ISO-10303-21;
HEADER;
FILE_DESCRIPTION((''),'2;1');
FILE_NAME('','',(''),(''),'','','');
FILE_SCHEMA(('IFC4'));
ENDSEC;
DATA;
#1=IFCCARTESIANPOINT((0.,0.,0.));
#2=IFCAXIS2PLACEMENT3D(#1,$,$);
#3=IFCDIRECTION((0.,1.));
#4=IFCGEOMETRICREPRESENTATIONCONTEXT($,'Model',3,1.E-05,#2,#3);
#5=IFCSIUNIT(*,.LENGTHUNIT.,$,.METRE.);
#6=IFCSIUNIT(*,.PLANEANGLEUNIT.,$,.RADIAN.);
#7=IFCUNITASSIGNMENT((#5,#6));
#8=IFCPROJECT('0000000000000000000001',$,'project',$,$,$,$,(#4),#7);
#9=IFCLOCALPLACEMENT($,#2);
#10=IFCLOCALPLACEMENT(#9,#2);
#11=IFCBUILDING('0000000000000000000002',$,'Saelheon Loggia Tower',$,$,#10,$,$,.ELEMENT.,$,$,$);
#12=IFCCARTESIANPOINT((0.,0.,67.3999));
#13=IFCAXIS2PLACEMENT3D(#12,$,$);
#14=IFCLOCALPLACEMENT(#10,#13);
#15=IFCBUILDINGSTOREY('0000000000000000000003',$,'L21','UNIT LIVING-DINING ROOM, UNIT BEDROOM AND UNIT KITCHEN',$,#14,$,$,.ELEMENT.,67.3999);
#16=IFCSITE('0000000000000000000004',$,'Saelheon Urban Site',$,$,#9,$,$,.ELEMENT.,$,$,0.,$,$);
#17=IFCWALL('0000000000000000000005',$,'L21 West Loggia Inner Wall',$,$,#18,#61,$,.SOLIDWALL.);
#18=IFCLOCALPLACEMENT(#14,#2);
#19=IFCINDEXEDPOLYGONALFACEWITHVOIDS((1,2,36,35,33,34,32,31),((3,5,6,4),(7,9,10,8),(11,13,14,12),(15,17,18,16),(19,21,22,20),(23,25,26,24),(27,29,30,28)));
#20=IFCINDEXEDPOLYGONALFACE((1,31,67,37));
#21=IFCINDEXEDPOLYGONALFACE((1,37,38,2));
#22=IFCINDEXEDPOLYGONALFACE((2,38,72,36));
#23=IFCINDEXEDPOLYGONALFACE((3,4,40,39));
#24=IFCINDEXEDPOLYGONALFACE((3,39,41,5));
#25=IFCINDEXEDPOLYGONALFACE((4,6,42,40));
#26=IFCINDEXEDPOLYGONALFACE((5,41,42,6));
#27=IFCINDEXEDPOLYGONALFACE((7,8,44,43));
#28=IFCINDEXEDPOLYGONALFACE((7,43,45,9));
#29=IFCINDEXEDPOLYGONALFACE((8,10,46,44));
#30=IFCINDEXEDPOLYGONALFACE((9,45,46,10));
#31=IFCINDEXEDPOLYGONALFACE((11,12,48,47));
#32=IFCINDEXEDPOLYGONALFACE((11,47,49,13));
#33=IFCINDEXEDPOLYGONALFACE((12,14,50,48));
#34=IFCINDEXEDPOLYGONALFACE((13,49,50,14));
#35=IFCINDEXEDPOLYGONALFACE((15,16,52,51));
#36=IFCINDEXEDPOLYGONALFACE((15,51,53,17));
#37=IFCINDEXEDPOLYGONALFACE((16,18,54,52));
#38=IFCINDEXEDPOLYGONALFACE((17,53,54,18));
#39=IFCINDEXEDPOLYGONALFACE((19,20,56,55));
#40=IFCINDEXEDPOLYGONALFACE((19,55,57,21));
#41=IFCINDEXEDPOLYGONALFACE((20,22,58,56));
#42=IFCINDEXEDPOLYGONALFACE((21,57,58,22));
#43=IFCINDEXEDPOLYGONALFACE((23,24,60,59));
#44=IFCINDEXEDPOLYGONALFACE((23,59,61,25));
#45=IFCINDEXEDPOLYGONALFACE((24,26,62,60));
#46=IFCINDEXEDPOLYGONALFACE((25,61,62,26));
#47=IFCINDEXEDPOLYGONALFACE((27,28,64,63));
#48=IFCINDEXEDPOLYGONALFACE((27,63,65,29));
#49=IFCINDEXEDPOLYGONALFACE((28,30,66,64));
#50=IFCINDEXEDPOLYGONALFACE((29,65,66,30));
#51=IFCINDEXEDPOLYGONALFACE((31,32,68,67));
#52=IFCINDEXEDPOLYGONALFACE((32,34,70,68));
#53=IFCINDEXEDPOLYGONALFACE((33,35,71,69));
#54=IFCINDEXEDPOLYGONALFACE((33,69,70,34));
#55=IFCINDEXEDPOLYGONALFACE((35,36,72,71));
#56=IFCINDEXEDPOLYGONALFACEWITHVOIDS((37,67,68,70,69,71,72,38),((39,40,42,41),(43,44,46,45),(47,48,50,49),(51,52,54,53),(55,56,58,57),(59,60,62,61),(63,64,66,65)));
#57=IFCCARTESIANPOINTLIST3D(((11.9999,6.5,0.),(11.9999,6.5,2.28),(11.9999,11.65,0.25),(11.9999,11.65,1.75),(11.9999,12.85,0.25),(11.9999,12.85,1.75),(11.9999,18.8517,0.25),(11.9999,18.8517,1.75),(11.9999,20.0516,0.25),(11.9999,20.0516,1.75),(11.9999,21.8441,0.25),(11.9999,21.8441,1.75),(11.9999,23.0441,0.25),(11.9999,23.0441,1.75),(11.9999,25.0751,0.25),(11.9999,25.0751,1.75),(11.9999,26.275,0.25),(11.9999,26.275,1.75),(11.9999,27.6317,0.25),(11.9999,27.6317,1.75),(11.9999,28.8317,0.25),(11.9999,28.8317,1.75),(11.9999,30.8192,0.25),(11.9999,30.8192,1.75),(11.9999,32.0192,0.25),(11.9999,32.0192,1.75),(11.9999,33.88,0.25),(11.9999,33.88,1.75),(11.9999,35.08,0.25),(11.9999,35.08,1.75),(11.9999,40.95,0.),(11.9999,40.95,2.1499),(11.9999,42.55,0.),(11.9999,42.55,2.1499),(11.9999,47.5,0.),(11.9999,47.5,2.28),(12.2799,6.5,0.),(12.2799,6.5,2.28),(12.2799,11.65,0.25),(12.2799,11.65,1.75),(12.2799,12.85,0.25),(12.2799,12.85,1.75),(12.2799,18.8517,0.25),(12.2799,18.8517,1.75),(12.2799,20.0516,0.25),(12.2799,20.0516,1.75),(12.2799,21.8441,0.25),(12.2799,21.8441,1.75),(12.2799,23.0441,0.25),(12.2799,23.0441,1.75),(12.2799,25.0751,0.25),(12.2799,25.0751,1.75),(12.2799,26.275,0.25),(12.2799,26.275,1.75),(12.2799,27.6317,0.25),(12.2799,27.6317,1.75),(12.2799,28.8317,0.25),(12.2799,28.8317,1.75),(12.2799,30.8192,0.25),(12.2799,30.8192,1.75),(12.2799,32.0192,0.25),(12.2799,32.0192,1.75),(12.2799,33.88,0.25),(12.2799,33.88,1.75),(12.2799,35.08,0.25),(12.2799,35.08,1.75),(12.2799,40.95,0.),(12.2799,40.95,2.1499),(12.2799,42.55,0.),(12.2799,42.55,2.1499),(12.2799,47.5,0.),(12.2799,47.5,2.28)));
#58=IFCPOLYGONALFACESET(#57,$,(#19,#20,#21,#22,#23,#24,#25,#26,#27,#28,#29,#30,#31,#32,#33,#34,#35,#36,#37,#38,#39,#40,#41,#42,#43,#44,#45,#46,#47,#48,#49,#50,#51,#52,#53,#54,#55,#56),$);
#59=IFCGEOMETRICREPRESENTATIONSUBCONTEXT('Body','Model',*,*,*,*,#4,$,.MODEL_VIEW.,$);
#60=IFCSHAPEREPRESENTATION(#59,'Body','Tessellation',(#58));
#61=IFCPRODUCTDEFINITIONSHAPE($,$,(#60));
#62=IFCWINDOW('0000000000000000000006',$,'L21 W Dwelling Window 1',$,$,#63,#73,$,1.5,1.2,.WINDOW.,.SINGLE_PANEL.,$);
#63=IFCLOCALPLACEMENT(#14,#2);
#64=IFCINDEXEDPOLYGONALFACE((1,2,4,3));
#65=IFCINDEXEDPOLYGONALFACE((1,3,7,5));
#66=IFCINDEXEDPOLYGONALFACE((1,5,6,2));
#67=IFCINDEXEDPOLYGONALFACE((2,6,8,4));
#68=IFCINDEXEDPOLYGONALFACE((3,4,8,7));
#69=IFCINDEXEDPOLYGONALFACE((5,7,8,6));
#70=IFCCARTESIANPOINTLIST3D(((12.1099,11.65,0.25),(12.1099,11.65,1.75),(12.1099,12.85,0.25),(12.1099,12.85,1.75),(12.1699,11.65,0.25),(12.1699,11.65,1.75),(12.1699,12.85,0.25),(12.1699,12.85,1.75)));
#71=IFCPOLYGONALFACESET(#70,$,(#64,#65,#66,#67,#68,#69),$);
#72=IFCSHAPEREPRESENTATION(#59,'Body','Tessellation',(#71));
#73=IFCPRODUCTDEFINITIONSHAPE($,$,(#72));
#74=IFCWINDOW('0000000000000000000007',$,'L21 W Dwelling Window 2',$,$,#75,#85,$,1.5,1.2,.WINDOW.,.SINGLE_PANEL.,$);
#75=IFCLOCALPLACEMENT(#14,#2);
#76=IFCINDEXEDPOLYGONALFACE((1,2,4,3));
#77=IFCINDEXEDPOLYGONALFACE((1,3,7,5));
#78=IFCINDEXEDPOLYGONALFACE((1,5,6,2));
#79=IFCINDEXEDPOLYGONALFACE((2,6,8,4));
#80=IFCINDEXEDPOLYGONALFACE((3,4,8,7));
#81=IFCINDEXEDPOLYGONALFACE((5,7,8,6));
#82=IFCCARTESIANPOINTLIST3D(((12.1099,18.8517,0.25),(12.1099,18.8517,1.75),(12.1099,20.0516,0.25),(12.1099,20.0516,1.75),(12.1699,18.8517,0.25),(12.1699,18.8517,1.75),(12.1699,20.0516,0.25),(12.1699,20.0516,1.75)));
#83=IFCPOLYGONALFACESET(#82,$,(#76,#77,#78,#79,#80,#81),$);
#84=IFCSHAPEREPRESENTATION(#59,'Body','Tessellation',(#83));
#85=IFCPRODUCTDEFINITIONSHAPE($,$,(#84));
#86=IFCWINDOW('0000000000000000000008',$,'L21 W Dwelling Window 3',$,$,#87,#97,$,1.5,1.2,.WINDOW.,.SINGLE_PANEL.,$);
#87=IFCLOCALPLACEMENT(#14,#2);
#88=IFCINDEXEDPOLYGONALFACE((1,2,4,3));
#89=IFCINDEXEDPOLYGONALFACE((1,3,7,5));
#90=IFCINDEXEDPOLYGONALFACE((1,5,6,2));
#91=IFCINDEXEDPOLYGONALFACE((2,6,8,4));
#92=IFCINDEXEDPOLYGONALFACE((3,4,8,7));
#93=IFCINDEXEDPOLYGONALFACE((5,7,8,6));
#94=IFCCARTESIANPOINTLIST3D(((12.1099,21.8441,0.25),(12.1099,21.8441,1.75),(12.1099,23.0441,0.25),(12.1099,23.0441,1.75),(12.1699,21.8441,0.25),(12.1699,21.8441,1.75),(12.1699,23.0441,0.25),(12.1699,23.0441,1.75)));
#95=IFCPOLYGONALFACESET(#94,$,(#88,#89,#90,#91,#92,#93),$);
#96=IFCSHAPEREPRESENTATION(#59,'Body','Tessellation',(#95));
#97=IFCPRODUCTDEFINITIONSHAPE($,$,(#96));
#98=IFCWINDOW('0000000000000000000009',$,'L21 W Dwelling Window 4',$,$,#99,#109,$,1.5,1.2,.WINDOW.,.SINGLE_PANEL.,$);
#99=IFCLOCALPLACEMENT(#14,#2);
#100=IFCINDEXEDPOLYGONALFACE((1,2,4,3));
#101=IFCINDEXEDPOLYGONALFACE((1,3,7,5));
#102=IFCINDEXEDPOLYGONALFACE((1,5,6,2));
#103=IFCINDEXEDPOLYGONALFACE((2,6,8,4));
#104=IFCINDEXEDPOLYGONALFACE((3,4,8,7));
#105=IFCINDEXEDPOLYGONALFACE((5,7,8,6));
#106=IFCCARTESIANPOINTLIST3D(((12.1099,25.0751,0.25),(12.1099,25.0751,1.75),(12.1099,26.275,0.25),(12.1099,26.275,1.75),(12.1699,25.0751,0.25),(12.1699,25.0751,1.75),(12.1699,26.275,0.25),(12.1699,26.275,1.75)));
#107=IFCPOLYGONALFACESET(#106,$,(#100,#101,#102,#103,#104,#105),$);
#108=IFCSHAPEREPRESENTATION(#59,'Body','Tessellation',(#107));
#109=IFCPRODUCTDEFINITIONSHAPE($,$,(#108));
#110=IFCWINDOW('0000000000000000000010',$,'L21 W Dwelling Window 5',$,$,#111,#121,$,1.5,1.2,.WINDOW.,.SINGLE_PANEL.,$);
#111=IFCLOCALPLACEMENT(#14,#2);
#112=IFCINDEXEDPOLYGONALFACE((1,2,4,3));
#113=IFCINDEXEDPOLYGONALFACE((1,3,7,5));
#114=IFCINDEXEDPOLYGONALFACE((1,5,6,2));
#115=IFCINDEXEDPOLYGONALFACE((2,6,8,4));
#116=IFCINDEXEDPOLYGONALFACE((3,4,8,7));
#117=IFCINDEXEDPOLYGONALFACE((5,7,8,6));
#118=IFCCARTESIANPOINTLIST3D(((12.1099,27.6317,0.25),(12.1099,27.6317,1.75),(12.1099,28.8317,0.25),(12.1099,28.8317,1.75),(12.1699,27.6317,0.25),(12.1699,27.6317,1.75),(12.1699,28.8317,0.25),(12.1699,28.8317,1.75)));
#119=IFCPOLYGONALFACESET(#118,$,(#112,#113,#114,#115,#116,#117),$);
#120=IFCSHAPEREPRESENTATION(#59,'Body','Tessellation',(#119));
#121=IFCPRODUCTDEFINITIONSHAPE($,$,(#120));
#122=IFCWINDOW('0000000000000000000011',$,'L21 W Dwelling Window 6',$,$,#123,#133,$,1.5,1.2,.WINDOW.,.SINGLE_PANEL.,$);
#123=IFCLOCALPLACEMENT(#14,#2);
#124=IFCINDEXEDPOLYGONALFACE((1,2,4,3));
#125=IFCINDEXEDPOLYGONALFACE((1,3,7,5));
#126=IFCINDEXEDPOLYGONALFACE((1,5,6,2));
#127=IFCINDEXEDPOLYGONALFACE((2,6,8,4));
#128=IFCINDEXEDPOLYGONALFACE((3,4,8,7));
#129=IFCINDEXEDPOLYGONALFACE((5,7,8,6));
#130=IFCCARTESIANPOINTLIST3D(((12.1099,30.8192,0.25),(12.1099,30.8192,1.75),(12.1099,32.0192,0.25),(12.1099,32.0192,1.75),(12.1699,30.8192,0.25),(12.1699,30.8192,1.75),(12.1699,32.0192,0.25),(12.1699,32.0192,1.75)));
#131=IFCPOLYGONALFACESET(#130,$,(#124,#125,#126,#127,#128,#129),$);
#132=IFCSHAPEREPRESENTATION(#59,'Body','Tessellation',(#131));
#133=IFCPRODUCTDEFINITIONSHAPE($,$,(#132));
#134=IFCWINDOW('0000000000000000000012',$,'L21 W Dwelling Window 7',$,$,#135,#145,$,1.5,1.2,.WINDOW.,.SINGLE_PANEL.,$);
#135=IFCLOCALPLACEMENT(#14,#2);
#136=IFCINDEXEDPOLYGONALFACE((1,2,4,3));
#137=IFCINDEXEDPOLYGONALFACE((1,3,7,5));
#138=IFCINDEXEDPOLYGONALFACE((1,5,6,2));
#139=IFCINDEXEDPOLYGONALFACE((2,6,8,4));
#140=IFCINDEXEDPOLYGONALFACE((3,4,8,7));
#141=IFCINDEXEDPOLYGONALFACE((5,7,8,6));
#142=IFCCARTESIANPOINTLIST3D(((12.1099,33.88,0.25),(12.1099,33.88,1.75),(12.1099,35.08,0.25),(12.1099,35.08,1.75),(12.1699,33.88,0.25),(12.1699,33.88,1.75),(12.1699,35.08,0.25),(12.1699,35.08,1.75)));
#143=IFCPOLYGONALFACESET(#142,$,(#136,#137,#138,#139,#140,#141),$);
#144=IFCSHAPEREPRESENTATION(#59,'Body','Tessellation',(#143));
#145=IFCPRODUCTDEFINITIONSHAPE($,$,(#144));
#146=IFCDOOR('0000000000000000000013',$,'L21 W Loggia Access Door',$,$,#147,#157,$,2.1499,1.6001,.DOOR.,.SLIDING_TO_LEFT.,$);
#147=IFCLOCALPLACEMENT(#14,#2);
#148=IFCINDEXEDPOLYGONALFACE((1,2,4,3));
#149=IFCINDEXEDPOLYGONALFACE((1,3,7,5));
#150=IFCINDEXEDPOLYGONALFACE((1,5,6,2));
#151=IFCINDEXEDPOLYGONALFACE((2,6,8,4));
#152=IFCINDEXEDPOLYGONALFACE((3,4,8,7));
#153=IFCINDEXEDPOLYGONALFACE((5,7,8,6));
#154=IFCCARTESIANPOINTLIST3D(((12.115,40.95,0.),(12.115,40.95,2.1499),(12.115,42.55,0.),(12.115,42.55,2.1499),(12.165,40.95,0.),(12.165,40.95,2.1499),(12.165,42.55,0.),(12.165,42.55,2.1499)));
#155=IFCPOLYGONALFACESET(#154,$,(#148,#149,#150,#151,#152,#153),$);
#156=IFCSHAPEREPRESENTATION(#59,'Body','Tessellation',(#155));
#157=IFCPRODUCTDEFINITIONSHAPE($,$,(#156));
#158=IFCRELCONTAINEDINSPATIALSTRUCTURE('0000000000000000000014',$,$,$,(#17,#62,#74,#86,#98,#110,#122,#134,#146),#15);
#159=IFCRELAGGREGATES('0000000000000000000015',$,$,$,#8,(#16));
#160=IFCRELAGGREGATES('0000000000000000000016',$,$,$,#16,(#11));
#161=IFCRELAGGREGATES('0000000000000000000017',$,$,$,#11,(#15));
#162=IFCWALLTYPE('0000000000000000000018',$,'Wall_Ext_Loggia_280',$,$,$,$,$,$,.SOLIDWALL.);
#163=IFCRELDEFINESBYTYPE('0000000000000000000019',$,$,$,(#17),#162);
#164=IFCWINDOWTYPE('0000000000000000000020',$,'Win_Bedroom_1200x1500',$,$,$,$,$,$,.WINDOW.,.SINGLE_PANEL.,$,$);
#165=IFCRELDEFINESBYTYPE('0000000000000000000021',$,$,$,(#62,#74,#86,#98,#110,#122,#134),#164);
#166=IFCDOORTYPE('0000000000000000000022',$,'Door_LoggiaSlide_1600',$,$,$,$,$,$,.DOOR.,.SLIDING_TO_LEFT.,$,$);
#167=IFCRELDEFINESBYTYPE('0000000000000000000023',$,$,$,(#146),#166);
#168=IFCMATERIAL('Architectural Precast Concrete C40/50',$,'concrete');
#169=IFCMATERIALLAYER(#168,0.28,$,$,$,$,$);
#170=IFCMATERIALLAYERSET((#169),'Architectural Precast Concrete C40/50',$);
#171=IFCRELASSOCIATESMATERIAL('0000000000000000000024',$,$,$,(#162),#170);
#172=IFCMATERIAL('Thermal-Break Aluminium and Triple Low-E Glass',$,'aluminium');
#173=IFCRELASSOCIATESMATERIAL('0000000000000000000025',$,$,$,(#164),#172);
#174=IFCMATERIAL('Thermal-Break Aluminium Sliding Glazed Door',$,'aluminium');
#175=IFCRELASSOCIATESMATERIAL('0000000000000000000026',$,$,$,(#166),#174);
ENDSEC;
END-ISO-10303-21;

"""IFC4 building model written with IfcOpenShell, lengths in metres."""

from ifc_helpers import new_model, si_unit, direction, frame, frame_2d, origin, place, context, subcontext, project, spatial, rectangle, extrude, source, transform, mapped, material, layer, layer_set, type_object, element, fill, save


model = new_model("IFC4")

# Units and contexts
model_context = context("Model", 3, precision=1e-05, world=origin(), true_north=direction((0.0, 1.0)))
body_context = subcontext(model_context, "Body", "Model", "MODEL_VIEW")
ifc_project = project(units=[si_unit("LENGTHUNIT", "METRE"), si_unit("PLANEANGLEUNIT", "RADIAN")], contexts=[model_context])

# Site, building, storey
site_placement = place(None, origin())
site = spatial("IfcSite", under=ifc_project, at=site_placement, Name="Saelheon Urban Site", CompositionType="ELEMENT", RefElevation=0.0)
building_placement = place(site_placement, origin())
building = spatial("IfcBuilding", under=site, at=building_placement, Name="Saelheon Loggia Tower", CompositionType="ELEMENT")
storey_placement = place(building_placement, frame((0.0, 0.0, 67.3999)))
storey = spatial("IfcBuildingStorey", under=building, at=storey_placement, Name="L21", Description="UNIT LIVING-DINING ROOM, UNIT BEDROOM AND UNIT KITCHEN", CompositionType="ELEMENT", Elevation=67.3999)

# Wall, openings, windows, door
ifc_material_1 = material(Name="Architectural Precast Concrete C40/50", Category="concrete")
ifc_layer_1 = layer(ifc_material_1, 0.28)
ifc_layer_set_1 = layer_set([ifc_layer_1], Name="Architectural Precast Concrete C40/50")
wall_type_1 = type_object("IfcWallType", Name="Wall_Ext_Loggia_280", PredefinedType="SOLIDWALL", material=ifc_layer_set_1)
wall_1_placement = place(storey_placement, frame((12.1399, 6.5, 0.0), z_axis=(0.0, 0.0, 1.0), x_axis=(0.0, 1.0, 0.0)))
wall_1 = element("IfcWall", 1, at=wall_1_placement, inside=storey, type_object=wall_type_1, Name="L21 West Loggia Inner Wall", PredefinedType="SOLIDWALL", context=body_context, shape_type="SweptSolid", body=[
    extrude(rectangle(XDim=41.0, YDim=0.28, at=frame_2d((20.5, 0.0))), origin(), (0.0, 0.0, 1.0), 2.28),
])
opening_1_placement = place(wall_1_placement, frame((5.1499, 0.0, 0.25)))
opening_1 = element("IfcOpeningElement", 2, at=opening_1_placement, cuts=wall_1, PredefinedType="OPENING", context=body_context, shape_type="SweptSolid", body=[
    extrude(rectangle(XDim=1.2, YDim=1.5, at=frame_2d((0.6001, 0.75))), frame((0.0, 0.1521, 0.0), z_axis=(0.0, -1.0, 0.0), x_axis=(1.0, 0.0, 0.0)), (0.0, 0.0, 1.0), 0.304),
])
opening_2_placement = place(wall_1_placement, frame((12.3516, 0.0, 0.25)))
opening_2 = element("IfcOpeningElement", 3, at=opening_2_placement, cuts=wall_1, PredefinedType="OPENING", context=body_context, shape_type="SweptSolid", body=[
    extrude(rectangle(XDim=1.2, YDim=1.5, at=frame_2d((0.6001, 0.75))), frame((0.0, 0.1521, 0.0), z_axis=(0.0, -1.0, 0.0), x_axis=(1.0, 0.0, 0.0)), (0.0, 0.0, 1.0), 0.304),
])
opening_3_placement = place(wall_1_placement, frame((15.344, 0.0, 0.25)))
opening_3 = element("IfcOpeningElement", 4, at=opening_3_placement, cuts=wall_1, PredefinedType="OPENING", context=body_context, shape_type="SweptSolid", body=[
    extrude(rectangle(XDim=1.2, YDim=1.5, at=frame_2d((0.6001, 0.75))), frame((0.0, 0.1521, 0.0), z_axis=(0.0, -1.0, 0.0), x_axis=(1.0, 0.0, 0.0)), (0.0, 0.0, 1.0), 0.304),
])
opening_4_placement = place(wall_1_placement, frame((18.575, 0.0, 0.25)))
opening_4 = element("IfcOpeningElement", 5, at=opening_4_placement, cuts=wall_1, PredefinedType="OPENING", context=body_context, shape_type="SweptSolid", body=[
    extrude(rectangle(XDim=1.2, YDim=1.5, at=frame_2d((0.6001, 0.75))), frame((0.0, 0.1521, 0.0), z_axis=(0.0, -1.0, 0.0), x_axis=(1.0, 0.0, 0.0)), (0.0, 0.0, 1.0), 0.304),
])
opening_5_placement = place(wall_1_placement, frame((21.1316, 0.0, 0.25)))
opening_5 = element("IfcOpeningElement", 6, at=opening_5_placement, cuts=wall_1, PredefinedType="OPENING", context=body_context, shape_type="SweptSolid", body=[
    extrude(rectangle(XDim=1.2, YDim=1.5, at=frame_2d((0.6001, 0.75))), frame((0.0, 0.1521, 0.0), z_axis=(0.0, -1.0, 0.0), x_axis=(1.0, 0.0, 0.0)), (0.0, 0.0, 1.0), 0.304),
])
opening_6_placement = place(wall_1_placement, frame((24.3191, 0.0, 0.25)))
opening_6 = element("IfcOpeningElement", 7, at=opening_6_placement, cuts=wall_1, PredefinedType="OPENING", context=body_context, shape_type="SweptSolid", body=[
    extrude(rectangle(XDim=1.2, YDim=1.5, at=frame_2d((0.6001, 0.75))), frame((0.0, 0.1521, 0.0), z_axis=(0.0, -1.0, 0.0), x_axis=(1.0, 0.0, 0.0)), (0.0, 0.0, 1.0), 0.304),
])
opening_7_placement = place(wall_1_placement, frame((27.3799, 0.0, 0.25)))
opening_7 = element("IfcOpeningElement", 8, at=opening_7_placement, cuts=wall_1, PredefinedType="OPENING", context=body_context, shape_type="SweptSolid", body=[
    extrude(rectangle(XDim=1.2, YDim=1.5, at=frame_2d((0.6001, 0.75))), frame((0.0, 0.1521, 0.0), z_axis=(0.0, -1.0, 0.0), x_axis=(1.0, 0.0, 0.0)), (0.0, 0.0, 1.0), 0.304),
])
opening_8_placement = place(wall_1_placement, frame((34.45, 0.0, 0.0)))
opening_8 = element("IfcOpeningElement", 9, at=opening_8_placement, cuts=wall_1, PredefinedType="OPENING", context=body_context, shape_type="SweptSolid", body=[
    extrude(rectangle(XDim=1.6001, YDim=2.1499, at=frame_2d((0.8, 1.075))), frame((0.0, 0.1521, 0.0), z_axis=(0.0, -1.0, 0.0), x_axis=(1.0, 0.0, 0.0)), (0.0, 0.0, 1.0), 0.304),
])
ifc_material_2 = material(Name="Thermal-Break Aluminium and Triple Low-E Glass", Category="aluminium")
window_type = type_object("IfcWindowType", Name="Win_Bedroom_1200x1500", PartitioningType="SINGLE_PANEL", PredefinedType="WINDOW", material=ifc_material_2)
shared_shape_1 = source(origin(), body_context, "Body", "SweptSolid", [
    extrude(rectangle(XDim=1.2, YDim=1.5, at=frame_2d((0.6001, 0.75))), frame((0.0, 0.03, 0.0), z_axis=(0.0, -1.0, 0.0), x_axis=(1.0, 0.0, 0.0)), (0.0, 0.0, 1.0), 0.0601),
])
window_1_placement = place(opening_1_placement, origin())
window_1 = element("IfcWindow", 10, at=window_1_placement, inside=storey, type_object=window_type, Name="L21 W Dwelling Window 1", OverallHeight=1.5, OverallWidth=1.2, PartitioningType="SINGLE_PANEL", PredefinedType="WINDOW", context=body_context, shape_type="MappedRepresentation", body=[
    mapped(shared_shape_1, transform((0.0, 0.0, 0.0), scale=1.0)),
])
fill(opening_1, window_1)
window_2_placement = place(opening_2_placement, origin())
window_2 = element("IfcWindow", 11, at=window_2_placement, inside=storey, type_object=window_type, Name="L21 W Dwelling Window 2", OverallHeight=1.5, OverallWidth=1.2, PartitioningType="SINGLE_PANEL", PredefinedType="WINDOW", context=body_context, shape_type="MappedRepresentation", body=[
    mapped(shared_shape_1, transform((0.0, 0.0, 0.0), scale=1.0)),
])
fill(opening_2, window_2)
window_3_placement = place(opening_3_placement, origin())
window_3 = element("IfcWindow", 12, at=window_3_placement, inside=storey, type_object=window_type, Name="L21 W Dwelling Window 3", OverallHeight=1.5, OverallWidth=1.2, PartitioningType="SINGLE_PANEL", PredefinedType="WINDOW", context=body_context, shape_type="MappedRepresentation", body=[
    mapped(shared_shape_1, transform((0.0, 0.0, 0.0), scale=1.0)),
])
fill(opening_3, window_3)
window_4_placement = place(opening_4_placement, origin())
window_4 = element("IfcWindow", 13, at=window_4_placement, inside=storey, type_object=window_type, Name="L21 W Dwelling Window 4", OverallHeight=1.5, OverallWidth=1.2, PartitioningType="SINGLE_PANEL", PredefinedType="WINDOW", context=body_context, shape_type="MappedRepresentation", body=[
    mapped(shared_shape_1, transform((0.0, 0.0, 0.0), scale=1.0)),
])
fill(opening_4, window_4)
window_5_placement = place(opening_5_placement, origin())
window_5 = element("IfcWindow", 14, at=window_5_placement, inside=storey, type_object=window_type, Name="L21 W Dwelling Window 5", OverallHeight=1.5, OverallWidth=1.2, PartitioningType="SINGLE_PANEL", PredefinedType="WINDOW", context=body_context, shape_type="MappedRepresentation", body=[
    mapped(shared_shape_1, transform((0.0, 0.0, 0.0), scale=1.0)),
])
fill(opening_5, window_5)
window_6_placement = place(opening_6_placement, origin())
window_6 = element("IfcWindow", 15, at=window_6_placement, inside=storey, type_object=window_type, Name="L21 W Dwelling Window 6", OverallHeight=1.5, OverallWidth=1.2, PartitioningType="SINGLE_PANEL", PredefinedType="WINDOW", context=body_context, shape_type="MappedRepresentation", body=[
    mapped(shared_shape_1, transform((0.0, 0.0, 0.0), scale=1.0)),
])
fill(opening_6, window_6)
window_7_placement = place(opening_7_placement, origin())
window_7 = element("IfcWindow", 16, at=window_7_placement, inside=storey, type_object=window_type, Name="L21 W Dwelling Window 7", OverallHeight=1.5, OverallWidth=1.2, PartitioningType="SINGLE_PANEL", PredefinedType="WINDOW", context=body_context, shape_type="MappedRepresentation", body=[
    mapped(shared_shape_1, transform((0.0, 0.0, 0.0), scale=1.0)),
])
fill(opening_7, window_7)
ifc_material_3 = material(Name="Thermal-Break Aluminium Sliding Glazed Door", Category="aluminium")
door_type = type_object("IfcDoorType", Name="Door_LoggiaSlide_1600", OperationType="SLIDING_TO_LEFT", PredefinedType="DOOR", material=ifc_material_3)
shared_shape_2 = source(origin(), body_context, "Body", "SweptSolid", [
    extrude(rectangle(XDim=1.6001, YDim=2.1499, at=frame_2d((0.8, 1.075))), frame((0.0, 0.0249, 0.0), z_axis=(0.0, -1.0, 0.0), x_axis=(1.0, 0.0, 0.0)), (0.0, 0.0, 1.0), 0.05),
])
door_placement = place(opening_8_placement, origin())
door = element("IfcDoor", 17, at=door_placement, inside=storey, type_object=door_type, Name="L21 W Loggia Access Door", OperationType="SLIDING_TO_LEFT", OverallHeight=2.1499, OverallWidth=1.6001, PredefinedType="DOOR", context=body_context, shape_type="MappedRepresentation", body=[
    mapped(shared_shape_2, transform((0.0, 0.0, 0.0), scale=1.0)),
])
fill(opening_8, door)

save(model, "model.ifc")
